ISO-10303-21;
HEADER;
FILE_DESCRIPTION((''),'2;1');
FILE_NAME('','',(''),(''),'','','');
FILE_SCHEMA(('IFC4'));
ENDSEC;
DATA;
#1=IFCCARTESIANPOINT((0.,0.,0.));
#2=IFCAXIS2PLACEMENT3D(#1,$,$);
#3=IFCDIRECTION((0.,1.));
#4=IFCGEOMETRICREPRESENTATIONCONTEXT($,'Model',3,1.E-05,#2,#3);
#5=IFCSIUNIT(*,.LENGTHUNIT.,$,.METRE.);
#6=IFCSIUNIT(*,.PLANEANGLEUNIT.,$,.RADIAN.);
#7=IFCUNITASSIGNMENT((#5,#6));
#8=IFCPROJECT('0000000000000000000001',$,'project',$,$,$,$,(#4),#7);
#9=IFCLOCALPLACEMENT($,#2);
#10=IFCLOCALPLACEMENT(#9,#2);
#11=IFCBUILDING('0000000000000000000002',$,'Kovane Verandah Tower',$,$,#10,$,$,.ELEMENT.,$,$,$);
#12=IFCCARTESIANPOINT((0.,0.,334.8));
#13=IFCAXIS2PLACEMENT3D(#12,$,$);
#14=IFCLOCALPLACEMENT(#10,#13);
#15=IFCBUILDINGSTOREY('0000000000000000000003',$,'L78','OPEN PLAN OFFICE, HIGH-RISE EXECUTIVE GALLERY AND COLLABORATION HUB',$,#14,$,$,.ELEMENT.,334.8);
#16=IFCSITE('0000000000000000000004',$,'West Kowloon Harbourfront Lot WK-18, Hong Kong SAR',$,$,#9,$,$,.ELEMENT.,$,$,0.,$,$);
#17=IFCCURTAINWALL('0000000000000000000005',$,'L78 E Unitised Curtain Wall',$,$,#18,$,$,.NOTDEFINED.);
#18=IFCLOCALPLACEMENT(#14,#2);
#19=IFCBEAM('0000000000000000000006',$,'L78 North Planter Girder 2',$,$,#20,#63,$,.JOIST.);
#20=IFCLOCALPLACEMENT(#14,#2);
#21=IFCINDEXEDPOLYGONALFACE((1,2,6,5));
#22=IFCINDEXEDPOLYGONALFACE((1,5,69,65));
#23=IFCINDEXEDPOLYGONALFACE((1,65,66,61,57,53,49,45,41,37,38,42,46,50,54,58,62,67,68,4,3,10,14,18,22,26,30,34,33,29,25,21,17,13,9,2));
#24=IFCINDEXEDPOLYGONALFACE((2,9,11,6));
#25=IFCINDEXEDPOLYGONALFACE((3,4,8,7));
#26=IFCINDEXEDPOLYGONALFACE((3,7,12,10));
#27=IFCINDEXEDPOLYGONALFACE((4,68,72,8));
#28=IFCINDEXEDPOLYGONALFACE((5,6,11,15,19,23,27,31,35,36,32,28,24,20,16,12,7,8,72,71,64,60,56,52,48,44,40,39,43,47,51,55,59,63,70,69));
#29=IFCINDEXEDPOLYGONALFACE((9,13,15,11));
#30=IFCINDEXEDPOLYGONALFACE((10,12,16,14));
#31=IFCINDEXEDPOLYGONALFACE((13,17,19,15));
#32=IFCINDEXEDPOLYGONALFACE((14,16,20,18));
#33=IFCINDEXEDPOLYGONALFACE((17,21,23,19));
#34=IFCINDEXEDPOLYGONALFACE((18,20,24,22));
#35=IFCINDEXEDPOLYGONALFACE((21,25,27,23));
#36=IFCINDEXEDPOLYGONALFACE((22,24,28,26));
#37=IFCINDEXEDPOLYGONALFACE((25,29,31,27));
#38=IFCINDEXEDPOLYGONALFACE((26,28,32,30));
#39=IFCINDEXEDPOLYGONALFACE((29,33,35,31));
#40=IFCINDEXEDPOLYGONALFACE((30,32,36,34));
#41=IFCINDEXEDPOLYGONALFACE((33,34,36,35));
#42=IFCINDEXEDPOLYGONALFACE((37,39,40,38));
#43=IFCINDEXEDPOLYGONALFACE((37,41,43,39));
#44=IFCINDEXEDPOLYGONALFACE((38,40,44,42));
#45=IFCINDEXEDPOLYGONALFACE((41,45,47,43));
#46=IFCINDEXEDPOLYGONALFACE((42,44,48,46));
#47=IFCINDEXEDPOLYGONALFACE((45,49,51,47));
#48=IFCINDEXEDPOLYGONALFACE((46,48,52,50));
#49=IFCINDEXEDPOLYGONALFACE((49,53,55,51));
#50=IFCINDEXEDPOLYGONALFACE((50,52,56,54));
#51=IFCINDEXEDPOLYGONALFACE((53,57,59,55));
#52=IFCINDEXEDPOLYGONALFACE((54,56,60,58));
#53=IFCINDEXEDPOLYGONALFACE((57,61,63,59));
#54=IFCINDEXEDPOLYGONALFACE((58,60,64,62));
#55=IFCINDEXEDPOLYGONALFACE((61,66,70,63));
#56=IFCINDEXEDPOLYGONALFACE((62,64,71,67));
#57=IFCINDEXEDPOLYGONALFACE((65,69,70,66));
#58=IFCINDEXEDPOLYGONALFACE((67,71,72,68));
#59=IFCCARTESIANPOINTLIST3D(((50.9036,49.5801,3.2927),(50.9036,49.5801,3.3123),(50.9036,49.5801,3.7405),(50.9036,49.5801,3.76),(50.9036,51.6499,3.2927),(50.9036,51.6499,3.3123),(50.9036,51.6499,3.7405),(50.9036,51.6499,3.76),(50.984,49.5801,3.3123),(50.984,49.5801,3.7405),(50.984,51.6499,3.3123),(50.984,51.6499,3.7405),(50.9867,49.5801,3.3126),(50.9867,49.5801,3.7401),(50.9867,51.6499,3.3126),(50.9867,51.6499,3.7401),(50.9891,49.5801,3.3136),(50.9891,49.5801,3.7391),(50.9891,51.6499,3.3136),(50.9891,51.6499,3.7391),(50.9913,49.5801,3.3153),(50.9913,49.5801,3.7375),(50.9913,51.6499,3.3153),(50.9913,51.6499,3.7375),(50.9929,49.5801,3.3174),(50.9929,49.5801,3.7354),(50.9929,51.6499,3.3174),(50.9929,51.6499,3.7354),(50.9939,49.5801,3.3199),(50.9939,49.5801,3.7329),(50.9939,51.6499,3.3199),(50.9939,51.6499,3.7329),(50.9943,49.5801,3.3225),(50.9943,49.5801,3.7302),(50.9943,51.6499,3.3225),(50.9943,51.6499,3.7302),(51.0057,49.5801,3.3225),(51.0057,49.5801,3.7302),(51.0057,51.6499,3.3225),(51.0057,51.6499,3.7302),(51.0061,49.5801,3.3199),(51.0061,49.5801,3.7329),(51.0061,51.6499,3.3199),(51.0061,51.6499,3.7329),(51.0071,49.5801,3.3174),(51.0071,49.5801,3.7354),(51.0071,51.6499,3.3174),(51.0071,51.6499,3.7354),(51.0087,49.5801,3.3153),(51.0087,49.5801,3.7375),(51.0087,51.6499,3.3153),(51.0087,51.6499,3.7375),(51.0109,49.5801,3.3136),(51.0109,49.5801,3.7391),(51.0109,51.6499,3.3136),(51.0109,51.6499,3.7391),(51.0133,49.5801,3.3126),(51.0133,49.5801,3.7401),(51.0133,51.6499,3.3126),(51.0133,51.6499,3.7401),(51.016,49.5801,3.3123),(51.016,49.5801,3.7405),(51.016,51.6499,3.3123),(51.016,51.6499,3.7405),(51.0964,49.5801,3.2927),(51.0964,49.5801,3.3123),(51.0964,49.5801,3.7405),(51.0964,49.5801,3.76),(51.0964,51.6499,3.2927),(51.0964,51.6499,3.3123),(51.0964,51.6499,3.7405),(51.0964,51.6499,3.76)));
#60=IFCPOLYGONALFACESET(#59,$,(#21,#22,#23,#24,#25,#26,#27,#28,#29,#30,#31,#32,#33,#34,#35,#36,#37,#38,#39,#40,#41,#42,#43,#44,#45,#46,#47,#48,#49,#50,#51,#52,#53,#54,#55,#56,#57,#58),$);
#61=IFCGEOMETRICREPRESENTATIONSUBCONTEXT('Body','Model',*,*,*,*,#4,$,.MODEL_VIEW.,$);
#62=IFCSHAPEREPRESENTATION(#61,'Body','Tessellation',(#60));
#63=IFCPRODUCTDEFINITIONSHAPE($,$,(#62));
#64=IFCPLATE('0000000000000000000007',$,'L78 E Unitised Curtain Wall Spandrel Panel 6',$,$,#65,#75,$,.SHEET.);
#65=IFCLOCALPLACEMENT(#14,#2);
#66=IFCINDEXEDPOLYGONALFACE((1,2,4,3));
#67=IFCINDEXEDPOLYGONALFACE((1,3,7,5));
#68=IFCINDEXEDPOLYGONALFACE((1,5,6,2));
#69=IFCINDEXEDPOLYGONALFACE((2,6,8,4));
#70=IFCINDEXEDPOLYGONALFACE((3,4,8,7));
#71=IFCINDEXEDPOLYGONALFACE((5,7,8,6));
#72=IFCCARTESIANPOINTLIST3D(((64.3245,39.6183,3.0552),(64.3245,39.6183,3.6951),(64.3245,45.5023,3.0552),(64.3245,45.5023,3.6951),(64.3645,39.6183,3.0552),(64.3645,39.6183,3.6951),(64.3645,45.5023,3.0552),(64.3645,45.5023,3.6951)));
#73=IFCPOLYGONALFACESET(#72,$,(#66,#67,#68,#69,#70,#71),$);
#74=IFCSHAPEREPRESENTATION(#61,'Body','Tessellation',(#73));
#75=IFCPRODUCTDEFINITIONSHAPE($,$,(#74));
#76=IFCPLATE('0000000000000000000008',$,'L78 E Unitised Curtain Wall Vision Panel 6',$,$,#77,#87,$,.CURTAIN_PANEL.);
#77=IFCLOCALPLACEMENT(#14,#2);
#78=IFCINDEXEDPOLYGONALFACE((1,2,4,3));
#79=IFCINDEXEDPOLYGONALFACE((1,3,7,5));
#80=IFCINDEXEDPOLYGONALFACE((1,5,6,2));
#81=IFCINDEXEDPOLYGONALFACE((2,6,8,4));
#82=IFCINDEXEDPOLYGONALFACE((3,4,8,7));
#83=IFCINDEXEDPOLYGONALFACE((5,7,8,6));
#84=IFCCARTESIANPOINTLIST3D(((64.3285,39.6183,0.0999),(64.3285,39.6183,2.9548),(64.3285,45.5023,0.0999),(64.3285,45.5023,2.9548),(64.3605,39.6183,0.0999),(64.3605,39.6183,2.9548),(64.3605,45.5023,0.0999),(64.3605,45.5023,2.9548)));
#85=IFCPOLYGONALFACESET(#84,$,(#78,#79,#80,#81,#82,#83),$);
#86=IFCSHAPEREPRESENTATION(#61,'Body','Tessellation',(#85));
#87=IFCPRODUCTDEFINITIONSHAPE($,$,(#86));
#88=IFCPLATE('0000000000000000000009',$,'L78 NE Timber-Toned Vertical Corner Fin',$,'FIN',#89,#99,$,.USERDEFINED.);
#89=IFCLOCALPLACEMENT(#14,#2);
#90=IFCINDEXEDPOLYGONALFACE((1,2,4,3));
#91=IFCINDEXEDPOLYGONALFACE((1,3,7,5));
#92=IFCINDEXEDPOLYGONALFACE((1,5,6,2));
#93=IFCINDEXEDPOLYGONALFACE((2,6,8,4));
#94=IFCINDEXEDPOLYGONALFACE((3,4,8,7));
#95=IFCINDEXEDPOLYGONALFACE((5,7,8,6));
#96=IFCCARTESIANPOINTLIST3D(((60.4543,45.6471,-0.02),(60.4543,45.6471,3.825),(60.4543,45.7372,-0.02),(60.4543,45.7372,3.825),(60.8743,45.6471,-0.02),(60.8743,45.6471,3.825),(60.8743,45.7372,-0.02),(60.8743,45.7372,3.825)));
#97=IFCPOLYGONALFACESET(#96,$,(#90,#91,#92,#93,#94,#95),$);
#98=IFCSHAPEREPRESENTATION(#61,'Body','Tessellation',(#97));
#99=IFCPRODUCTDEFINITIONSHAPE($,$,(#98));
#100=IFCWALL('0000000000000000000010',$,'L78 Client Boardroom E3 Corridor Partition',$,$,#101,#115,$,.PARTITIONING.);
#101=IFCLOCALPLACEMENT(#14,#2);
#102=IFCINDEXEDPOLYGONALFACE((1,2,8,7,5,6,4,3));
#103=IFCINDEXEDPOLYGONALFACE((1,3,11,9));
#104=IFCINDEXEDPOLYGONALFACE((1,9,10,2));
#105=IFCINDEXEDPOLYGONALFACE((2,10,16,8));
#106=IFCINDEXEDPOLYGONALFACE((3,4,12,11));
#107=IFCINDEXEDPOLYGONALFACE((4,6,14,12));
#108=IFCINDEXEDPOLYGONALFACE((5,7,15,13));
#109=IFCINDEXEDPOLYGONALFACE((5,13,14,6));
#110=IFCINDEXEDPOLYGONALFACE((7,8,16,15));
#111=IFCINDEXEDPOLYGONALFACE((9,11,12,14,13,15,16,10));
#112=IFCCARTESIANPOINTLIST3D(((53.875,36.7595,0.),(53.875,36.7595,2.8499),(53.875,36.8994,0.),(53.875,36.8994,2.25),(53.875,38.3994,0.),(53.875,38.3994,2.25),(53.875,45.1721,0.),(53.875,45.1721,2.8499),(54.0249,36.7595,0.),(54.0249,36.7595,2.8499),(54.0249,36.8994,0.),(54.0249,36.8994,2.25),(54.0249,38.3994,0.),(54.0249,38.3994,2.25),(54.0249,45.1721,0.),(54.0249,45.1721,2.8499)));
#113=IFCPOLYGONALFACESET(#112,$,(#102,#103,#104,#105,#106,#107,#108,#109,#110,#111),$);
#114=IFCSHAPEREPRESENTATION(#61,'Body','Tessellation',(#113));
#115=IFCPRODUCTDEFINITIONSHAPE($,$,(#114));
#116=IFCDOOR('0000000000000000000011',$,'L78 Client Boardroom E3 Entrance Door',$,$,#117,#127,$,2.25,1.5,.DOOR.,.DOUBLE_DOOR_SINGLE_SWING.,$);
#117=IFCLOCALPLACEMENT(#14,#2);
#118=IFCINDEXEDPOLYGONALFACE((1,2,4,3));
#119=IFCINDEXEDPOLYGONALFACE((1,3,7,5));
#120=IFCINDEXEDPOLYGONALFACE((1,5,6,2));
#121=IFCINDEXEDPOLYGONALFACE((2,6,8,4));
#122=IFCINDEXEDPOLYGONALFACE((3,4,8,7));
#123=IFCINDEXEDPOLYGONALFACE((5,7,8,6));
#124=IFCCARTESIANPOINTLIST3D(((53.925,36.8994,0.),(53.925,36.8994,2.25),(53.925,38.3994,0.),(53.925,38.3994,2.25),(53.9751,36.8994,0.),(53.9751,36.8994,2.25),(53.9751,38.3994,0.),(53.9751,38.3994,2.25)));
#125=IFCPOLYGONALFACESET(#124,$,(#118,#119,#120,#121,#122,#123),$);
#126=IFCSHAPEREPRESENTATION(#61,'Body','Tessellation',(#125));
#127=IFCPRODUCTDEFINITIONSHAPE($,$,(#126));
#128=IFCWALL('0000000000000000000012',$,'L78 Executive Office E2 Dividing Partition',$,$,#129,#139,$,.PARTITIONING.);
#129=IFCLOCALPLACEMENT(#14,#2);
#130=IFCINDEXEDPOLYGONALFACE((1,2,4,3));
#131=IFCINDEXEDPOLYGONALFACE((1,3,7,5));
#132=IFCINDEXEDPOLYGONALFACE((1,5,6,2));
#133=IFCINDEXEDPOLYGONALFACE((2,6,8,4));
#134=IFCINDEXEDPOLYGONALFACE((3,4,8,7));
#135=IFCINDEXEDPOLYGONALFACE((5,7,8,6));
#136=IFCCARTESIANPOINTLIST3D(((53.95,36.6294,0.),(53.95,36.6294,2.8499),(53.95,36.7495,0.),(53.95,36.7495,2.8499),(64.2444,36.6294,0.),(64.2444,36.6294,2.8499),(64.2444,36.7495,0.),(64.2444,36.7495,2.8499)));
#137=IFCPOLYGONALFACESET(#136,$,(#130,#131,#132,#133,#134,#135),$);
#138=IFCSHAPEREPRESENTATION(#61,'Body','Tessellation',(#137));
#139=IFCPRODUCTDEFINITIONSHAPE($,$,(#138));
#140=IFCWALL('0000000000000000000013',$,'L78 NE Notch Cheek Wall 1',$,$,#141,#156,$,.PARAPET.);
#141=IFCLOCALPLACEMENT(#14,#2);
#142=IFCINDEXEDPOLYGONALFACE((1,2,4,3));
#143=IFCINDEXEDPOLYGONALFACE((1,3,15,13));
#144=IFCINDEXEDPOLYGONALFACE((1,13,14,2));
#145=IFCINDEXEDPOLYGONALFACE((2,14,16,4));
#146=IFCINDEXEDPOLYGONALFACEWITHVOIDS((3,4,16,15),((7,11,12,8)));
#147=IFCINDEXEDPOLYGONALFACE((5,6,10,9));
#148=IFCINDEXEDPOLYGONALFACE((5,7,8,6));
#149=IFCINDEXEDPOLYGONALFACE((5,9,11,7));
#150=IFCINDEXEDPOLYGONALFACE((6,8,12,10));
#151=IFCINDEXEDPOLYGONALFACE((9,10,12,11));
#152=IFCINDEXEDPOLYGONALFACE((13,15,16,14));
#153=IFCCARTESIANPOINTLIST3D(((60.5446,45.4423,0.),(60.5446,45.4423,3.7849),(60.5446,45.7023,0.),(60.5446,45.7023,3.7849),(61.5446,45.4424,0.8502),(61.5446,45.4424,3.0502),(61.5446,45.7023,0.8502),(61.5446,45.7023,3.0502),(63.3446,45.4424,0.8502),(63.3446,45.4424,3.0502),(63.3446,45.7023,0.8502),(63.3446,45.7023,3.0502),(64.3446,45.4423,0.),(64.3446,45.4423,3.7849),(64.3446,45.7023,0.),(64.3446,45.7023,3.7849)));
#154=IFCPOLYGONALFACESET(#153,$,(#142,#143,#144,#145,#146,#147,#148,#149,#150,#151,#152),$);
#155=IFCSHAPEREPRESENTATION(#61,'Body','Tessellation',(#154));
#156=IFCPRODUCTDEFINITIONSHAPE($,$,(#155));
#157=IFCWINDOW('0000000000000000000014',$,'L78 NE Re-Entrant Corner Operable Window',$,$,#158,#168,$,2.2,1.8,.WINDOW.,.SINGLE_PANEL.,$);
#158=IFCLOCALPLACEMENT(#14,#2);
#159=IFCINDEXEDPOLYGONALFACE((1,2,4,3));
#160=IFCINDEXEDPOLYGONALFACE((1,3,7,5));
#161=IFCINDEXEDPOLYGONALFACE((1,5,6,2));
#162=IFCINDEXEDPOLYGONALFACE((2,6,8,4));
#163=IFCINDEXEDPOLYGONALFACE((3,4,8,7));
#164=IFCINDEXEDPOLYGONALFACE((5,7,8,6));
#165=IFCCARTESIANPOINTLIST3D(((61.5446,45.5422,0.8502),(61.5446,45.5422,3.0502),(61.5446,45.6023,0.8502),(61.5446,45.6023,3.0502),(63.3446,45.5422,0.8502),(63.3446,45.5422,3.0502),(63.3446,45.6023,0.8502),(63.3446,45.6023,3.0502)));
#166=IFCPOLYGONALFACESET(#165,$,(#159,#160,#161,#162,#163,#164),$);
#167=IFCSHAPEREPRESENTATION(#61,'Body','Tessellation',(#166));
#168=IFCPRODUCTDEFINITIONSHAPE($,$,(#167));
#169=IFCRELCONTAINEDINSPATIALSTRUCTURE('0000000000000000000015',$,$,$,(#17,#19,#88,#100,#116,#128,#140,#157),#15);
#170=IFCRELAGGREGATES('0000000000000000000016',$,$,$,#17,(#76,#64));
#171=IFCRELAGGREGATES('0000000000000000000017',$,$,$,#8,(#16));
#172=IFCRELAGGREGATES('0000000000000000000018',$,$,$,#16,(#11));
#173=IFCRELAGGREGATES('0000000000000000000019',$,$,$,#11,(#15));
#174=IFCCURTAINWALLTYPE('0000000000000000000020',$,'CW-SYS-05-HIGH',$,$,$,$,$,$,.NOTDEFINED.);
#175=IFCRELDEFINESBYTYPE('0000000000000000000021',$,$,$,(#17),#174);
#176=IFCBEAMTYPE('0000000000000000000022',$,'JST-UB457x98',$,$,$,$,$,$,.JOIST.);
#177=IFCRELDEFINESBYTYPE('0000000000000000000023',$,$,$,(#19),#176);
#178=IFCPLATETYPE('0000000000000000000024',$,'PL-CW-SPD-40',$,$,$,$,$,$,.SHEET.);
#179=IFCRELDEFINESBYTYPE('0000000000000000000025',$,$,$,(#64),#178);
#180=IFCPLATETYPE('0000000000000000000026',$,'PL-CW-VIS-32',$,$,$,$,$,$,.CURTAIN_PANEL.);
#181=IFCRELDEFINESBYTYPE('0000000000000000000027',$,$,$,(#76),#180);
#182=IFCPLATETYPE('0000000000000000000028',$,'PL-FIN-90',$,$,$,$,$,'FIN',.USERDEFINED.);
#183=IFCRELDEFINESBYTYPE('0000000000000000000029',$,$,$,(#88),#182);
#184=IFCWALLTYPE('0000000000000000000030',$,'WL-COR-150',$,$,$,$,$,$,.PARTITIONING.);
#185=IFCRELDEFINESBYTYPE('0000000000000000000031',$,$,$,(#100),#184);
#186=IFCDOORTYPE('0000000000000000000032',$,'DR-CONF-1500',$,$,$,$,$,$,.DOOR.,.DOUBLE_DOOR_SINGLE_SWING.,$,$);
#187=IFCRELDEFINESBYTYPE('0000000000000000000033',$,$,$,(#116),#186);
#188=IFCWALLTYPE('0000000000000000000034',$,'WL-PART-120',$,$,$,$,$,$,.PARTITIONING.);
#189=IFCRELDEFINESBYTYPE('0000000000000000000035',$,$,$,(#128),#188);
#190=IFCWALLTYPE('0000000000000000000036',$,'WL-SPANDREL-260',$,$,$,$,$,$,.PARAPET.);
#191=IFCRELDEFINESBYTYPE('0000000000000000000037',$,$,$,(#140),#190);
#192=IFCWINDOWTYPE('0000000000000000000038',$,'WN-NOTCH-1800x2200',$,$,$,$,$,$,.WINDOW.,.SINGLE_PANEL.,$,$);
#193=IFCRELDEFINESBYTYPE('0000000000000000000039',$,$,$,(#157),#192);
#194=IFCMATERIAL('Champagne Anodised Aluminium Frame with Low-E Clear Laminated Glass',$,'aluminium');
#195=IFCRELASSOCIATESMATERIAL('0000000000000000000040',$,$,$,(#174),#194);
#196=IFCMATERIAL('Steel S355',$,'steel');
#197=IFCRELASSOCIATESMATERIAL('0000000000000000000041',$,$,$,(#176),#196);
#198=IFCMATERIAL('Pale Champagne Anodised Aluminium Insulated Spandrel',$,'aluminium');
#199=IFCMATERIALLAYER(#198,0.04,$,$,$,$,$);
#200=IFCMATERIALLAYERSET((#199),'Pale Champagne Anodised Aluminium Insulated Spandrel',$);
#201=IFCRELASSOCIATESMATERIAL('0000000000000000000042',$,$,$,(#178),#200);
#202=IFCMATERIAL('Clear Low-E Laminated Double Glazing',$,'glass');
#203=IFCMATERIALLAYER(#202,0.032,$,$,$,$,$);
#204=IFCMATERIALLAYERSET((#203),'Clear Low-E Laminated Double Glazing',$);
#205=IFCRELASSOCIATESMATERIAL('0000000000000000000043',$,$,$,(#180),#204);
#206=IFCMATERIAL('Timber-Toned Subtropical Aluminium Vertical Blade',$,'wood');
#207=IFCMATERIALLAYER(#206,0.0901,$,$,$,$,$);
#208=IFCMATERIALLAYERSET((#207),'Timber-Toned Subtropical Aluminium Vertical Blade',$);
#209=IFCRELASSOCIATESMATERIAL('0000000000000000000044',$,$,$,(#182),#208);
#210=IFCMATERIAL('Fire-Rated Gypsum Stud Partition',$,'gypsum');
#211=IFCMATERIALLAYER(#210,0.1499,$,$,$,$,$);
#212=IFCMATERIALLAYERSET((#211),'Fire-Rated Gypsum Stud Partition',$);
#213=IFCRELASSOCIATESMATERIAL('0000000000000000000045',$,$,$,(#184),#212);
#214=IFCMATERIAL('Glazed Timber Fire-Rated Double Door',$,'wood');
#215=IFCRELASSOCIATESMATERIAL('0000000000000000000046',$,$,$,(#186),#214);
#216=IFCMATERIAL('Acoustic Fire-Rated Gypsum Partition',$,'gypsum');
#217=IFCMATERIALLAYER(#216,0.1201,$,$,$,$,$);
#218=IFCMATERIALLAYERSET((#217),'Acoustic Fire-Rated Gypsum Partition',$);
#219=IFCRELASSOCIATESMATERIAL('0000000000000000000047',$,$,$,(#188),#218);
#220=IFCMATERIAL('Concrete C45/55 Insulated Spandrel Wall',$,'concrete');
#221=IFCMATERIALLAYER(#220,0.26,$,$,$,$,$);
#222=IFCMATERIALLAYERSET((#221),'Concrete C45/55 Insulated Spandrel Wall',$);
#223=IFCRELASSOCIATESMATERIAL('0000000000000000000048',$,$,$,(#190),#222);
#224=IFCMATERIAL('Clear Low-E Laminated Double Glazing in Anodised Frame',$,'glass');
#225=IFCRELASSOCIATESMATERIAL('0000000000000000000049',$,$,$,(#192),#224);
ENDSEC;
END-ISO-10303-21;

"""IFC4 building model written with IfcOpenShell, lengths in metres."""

from ifc_helpers import new_model, si_unit, direction, frame, frame_2d, origin, origin_2d, place, context, subcontext, project, spatial, rectangle, i_section, extrude, material, layer, layer_set, material_profile, profile_set, type_object, element, fill, aggregate, save


model = new_model("IFC4")

# Units and contexts
model_context = context("Model", 3, precision=1e-05, world=origin(), true_north=direction((0.0, 1.0)))
body_context = subcontext(model_context, "Body", "Model", "MODEL_VIEW")
ifc_project = project(units=[si_unit("LENGTHUNIT", "METRE"), si_unit("PLANEANGLEUNIT", "RADIAN")], contexts=[model_context])

# Site, building, storey
site_placement = place(None, origin())
site = spatial("IfcSite", under=ifc_project, at=site_placement, Name="West Kowloon Harbourfront Lot WK-18, Hong Kong SAR", CompositionType="ELEMENT", RefElevation=0.0)
building_placement = place(site_placement, origin())
building = spatial("IfcBuilding", under=site, at=building_placement, Name="Kovane Verandah Tower", CompositionType="ELEMENT")
storey_placement = place(building_placement, frame((0.0, 0.0, 334.8)))
storey = spatial("IfcBuildingStorey", under=building, at=storey_placement, Name="L78", Description="OPEN PLAN OFFICE, HIGH-RISE EXECUTIVE GALLERY AND COLLABORATION HUB", CompositionType="ELEMENT", Elevation=334.8)

# Shared definitions
ifc_material_1 = material(Name="Steel S355", Category="steel")

# Curtain wall
ifc_material_2 = material(Name="Champagne Anodised Aluminium Frame with Low-E Clear Laminated Glass", Category="aluminium")
curtain_wall_type = type_object("IfcCurtainWallType", Name="CW-SYS-05-HIGH", PredefinedType="NOTDEFINED", material=ifc_material_2)
curtain_wall_placement = place(storey_placement, origin())
curtain_wall = element("IfcCurtainWall", 1, at=curtain_wall_placement, inside=storey, type_object=curtain_wall_type, Name="L78 E Unitised Curtain Wall", PredefinedType="NOTDEFINED")

# Beam
ifc_material_profile_1 = material_profile(ifc_material_1, i_section(OverallWidth=0.1929, OverallDepth=0.4673, WebThickness=0.0115, FlangeThickness=0.0195, FilletRadius=0.0103, at=origin_2d()), Name="UB457x191x98")
ifc_profile_set_1 = profile_set([ifc_material_profile_1], Name="Steel S355")
beam_type_1 = type_object("IfcBeamType", Name="JST-UB457x98", PredefinedType="JOIST", material=ifc_profile_set_1)
beam_1_placement = place(storey_placement, frame((51.0, 49.5801, 3.5264), z_axis=(0.0, 1.0, 0.0), x_axis=(-1.0, 0.0, 0.0)))
element("IfcBeam", 2, at=beam_1_placement, inside=storey, type_object=beam_type_1, Name="L78 North Planter Girder 2", PredefinedType="JOIST", context=body_context, shape_type="SweptSolid", body=[
    extrude(i_section(OverallWidth=0.1929, OverallDepth=0.4673, WebThickness=0.0115, FlangeThickness=0.0195, FilletRadius=0.0103, at=origin_2d()), origin(), (0.0, 0.0, 1.0), 2.0698),
])

# Plates
ifc_material_3 = material(Name="Pale Champagne Anodised Aluminium Insulated Spandrel", Category="aluminium")
ifc_layer_1 = layer(ifc_material_3, 0.04)
ifc_layer_set_1 = layer_set([ifc_layer_1], Name="Pale Champagne Anodised Aluminium Insulated Spandrel")
plate_type_1 = type_object("IfcPlateType", Name="PL-CW-SPD-40", PredefinedType="SHEET", material=ifc_layer_set_1)
plate_1_placement = place(storey_placement, frame((64.3445, 42.5603, 3.0552), z_axis=(0.0, 0.0, 1.0), x_axis=(0.0, 1.0, 0.0)))
plate_1 = element("IfcPlate", 3, at=plate_1_placement, type_object=plate_type_1, Name="L78 E Unitised Curtain Wall Spandrel Panel 6", PredefinedType="SHEET", context=body_context, shape_type="SweptSolid", body=[
    extrude(rectangle(XDim=5.884, YDim=0.04, at=origin_2d()), origin(), (0.0, 0.0, 1.0), 0.6399),
])
ifc_material_4 = material(Name="Clear Low-E Laminated Double Glazing", Category="glass")
ifc_layer_2 = layer(ifc_material_4, 0.032)
ifc_layer_set_2 = layer_set([ifc_layer_2], Name="Clear Low-E Laminated Double Glazing")
plate_type_2 = type_object("IfcPlateType", Name="PL-CW-VIS-32", PredefinedType="CURTAIN_PANEL", material=ifc_layer_set_2)
plate_2_placement = place(storey_placement, frame((64.3445, 42.5603, 0.0999), z_axis=(0.0, 0.0, 1.0), x_axis=(0.0, 1.0, 0.0)))
plate_2 = element("IfcPlate", 4, at=plate_2_placement, type_object=plate_type_2, Name="L78 E Unitised Curtain Wall Vision Panel 6", PredefinedType="CURTAIN_PANEL", context=body_context, shape_type="SweptSolid", body=[
    extrude(rectangle(XDim=5.884, YDim=0.032, at=origin_2d()), origin(), (0.0, 0.0, 1.0), 2.855),
])
aggregate(curtain_wall, [plate_2, plate_1])
ifc_material_5 = material(Name="Timber-Toned Subtropical Aluminium Vertical Blade", Category="wood")
ifc_layer_3 = layer(ifc_material_5, 0.0901)
ifc_layer_set_3 = layer_set([ifc_layer_3], Name="Timber-Toned Subtropical Aluminium Vertical Blade")
plate_type_3 = type_object("IfcPlateType", Name="PL-FIN-90", ElementType="FIN", PredefinedType="USERDEFINED", material=ifc_layer_set_3)
plate_3_placement = place(storey_placement, frame((60.6643, 45.6921, -0.02), z_axis=(0.0, 0.0, 1.0), x_axis=(1.0, 0.0, 0.0)))
element("IfcPlate", 5, at=plate_3_placement, inside=storey, type_object=plate_type_3, Name="L78 NE Timber-Toned Vertical Corner Fin", ObjectType="FIN", PredefinedType="USERDEFINED", context=body_context, shape_type="SweptSolid", body=[
    extrude(rectangle(XDim=0.4199, YDim=0.0901, at=origin_2d()), origin(), (0.0, 0.0, 1.0), 3.845),
])

# Wall, opening, door
ifc_material_6 = material(Name="Fire-Rated Gypsum Stud Partition", Category="gypsum")
ifc_layer_4 = layer(ifc_material_6, 0.1499)
ifc_layer_set_4 = layer_set([ifc_layer_4], Name="Fire-Rated Gypsum Stud Partition")
wall_type_1 = type_object("IfcWallType", Name="WL-COR-150", PredefinedType="PARTITIONING", material=ifc_layer_set_4)
wall_1_placement = place(storey_placement, frame((53.95, 36.7595, 0.0), z_axis=(0.0, 0.0, 1.0), x_axis=(0.0, 1.0, 0.0)))
wall_1 = element("IfcWall", 6, at=wall_1_placement, inside=storey, type_object=wall_type_1, Name="L78 Client Boardroom E3 Corridor Partition", PredefinedType="PARTITIONING", context=body_context, shape_type="SweptSolid", body=[
    extrude(rectangle(XDim=8.4126, YDim=0.1499, at=frame_2d((4.2063, 0.0))), origin(), (0.0, 0.0, 1.0), 2.8499),
])
opening_1_placement = place(wall_1_placement, frame((0.1399, 0.0, 0.0)))
opening_1 = element("IfcOpeningElement", 7, at=opening_1_placement, cuts=wall_1, PredefinedType="OPENING", context=body_context, shape_type="SweptSolid", body=[
    extrude(rectangle(XDim=1.5, YDim=2.25, at=frame_2d((0.75, 1.125))), frame((0.0, 0.075, 0.0), z_axis=(0.0, -1.0, 0.0), x_axis=(1.0, 0.0, 0.0)), (0.0, 0.0, 1.0), 0.1499),
])
ifc_material_7 = material(Name="Glazed Timber Fire-Rated Double Door", Category="wood")
door_type_1 = type_object("IfcDoorType", Name="DR-CONF-1500", OperationType="DOUBLE_DOOR_SINGLE_SWING", PredefinedType="DOOR", material=ifc_material_7)
door_1_placement = place(opening_1_placement, origin())
door_1 = element("IfcDoor", 8, at=door_1_placement, inside=storey, type_object=door_type_1, Name="L78 Client Boardroom E3 Entrance Door", OperationType="DOUBLE_DOOR_SINGLE_SWING", OverallHeight=2.25, OverallWidth=1.5, PredefinedType="DOOR", context=body_context, shape_type="SweptSolid", body=[
    extrude(rectangle(XDim=1.5, YDim=2.25, at=frame_2d((0.75, 1.125))), frame((0.0, 0.0249, 0.0), z_axis=(0.0, -1.0, 0.0), x_axis=(1.0, 0.0, 0.0)), (0.0, 0.0, 1.0), 0.05),
])
fill(opening_1, door_1)

# Wall
ifc_material_8 = material(Name="Acoustic Fire-Rated Gypsum Partition", Category="gypsum")
ifc_layer_5 = layer(ifc_material_8, 0.1201)
ifc_layer_set_5 = layer_set([ifc_layer_5], Name="Acoustic Fire-Rated Gypsum Partition")
wall_type_2 = type_object("IfcWallType", Name="WL-PART-120", PredefinedType="PARTITIONING", material=ifc_layer_set_5)
wall_2_placement = place(storey_placement, frame((53.95, 36.6895, 0.0), z_axis=(0.0, 0.0, 1.0), x_axis=(1.0, 0.0, 0.0)))
element("IfcWall", 9, at=wall_2_placement, inside=storey, type_object=wall_type_2, Name="L78 Executive Office E2 Dividing Partition", PredefinedType="PARTITIONING", context=body_context, shape_type="SweptSolid", body=[
    extrude(rectangle(XDim=10.2944, YDim=0.1201, at=frame_2d((5.1472, 0.0))), origin(), (0.0, 0.0, 1.0), 2.8499),
])

# Shared definitions
ifc_material_9 = material(Name="Concrete C45/55 Insulated Spandrel Wall", Category="concrete")
ifc_layer_6 = layer(ifc_material_9, 0.26)
ifc_layer_set_6 = layer_set([ifc_layer_6], Name="Concrete C45/55 Insulated Spandrel Wall")
wall_type_3 = type_object("IfcWallType", Name="WL-SPANDREL-260", PredefinedType="PARAPET", material=ifc_layer_set_6)
ifc_material_10 = material(Name="Clear Low-E Laminated Double Glazing in Anodised Frame", Category="glass")

# Wall, opening, window
wall_3_placement = place(storey_placement, frame((64.3445, 45.5723, 0.0), z_axis=(0.0, 0.0, 1.0), x_axis=(-1.0, 0.0, 0.0)))
wall_3 = element("IfcWall", 10, at=wall_3_placement, inside=storey, type_object=wall_type_3, Name="L78 NE Notch Cheek Wall 1", PredefinedType="PARAPET", context=body_context, shape_type="SweptSolid", body=[
    extrude(rectangle(XDim=3.8, YDim=0.26, at=frame_2d((1.8999, 0.0))), origin(), (0.0, 0.0, 1.0), 3.7849),
])
opening_2_placement = place(wall_3_placement, frame((1.0, 0.0, 0.8501)))
opening_2 = element("IfcOpeningElement", 11, at=opening_2_placement, cuts=wall_3, PredefinedType="OPENING", context=body_context, shape_type="SweptSolid", body=[
    extrude(rectangle(XDim=1.8, YDim=2.2, at=frame_2d((0.8999, 1.1001))), frame((0.0, 0.1299, 0.0), z_axis=(0.0, -1.0, 0.0), x_axis=(1.0, 0.0, 0.0)), (0.0, 0.0, 1.0), 0.26),
])
window_type_1 = type_object("IfcWindowType", Name="WN-NOTCH-1800x2200", PartitioningType="SINGLE_PANEL", PredefinedType="WINDOW", material=ifc_material_10)
window_1_placement = place(opening_2_placement, origin())
window_1 = element("IfcWindow", 12, at=window_1_placement, inside=storey, type_object=window_type_1, Name="L78 NE Re-Entrant Corner Operable Window", OverallHeight=2.2, OverallWidth=1.8, PartitioningType="SINGLE_PANEL", PredefinedType="WINDOW", context=body_context, shape_type="SweptSolid", body=[
    extrude(rectangle(XDim=1.8, YDim=2.2, at=frame_2d((0.8999, 1.1001))), frame((0.0, 0.03, 0.0), z_axis=(0.0, -1.0, 0.0), x_axis=(1.0, 0.0, 0.0)), (0.0, 0.0, 1.0), 0.0601),
])
fill(opening_2, window_1)

save(model, "model.ifc")
